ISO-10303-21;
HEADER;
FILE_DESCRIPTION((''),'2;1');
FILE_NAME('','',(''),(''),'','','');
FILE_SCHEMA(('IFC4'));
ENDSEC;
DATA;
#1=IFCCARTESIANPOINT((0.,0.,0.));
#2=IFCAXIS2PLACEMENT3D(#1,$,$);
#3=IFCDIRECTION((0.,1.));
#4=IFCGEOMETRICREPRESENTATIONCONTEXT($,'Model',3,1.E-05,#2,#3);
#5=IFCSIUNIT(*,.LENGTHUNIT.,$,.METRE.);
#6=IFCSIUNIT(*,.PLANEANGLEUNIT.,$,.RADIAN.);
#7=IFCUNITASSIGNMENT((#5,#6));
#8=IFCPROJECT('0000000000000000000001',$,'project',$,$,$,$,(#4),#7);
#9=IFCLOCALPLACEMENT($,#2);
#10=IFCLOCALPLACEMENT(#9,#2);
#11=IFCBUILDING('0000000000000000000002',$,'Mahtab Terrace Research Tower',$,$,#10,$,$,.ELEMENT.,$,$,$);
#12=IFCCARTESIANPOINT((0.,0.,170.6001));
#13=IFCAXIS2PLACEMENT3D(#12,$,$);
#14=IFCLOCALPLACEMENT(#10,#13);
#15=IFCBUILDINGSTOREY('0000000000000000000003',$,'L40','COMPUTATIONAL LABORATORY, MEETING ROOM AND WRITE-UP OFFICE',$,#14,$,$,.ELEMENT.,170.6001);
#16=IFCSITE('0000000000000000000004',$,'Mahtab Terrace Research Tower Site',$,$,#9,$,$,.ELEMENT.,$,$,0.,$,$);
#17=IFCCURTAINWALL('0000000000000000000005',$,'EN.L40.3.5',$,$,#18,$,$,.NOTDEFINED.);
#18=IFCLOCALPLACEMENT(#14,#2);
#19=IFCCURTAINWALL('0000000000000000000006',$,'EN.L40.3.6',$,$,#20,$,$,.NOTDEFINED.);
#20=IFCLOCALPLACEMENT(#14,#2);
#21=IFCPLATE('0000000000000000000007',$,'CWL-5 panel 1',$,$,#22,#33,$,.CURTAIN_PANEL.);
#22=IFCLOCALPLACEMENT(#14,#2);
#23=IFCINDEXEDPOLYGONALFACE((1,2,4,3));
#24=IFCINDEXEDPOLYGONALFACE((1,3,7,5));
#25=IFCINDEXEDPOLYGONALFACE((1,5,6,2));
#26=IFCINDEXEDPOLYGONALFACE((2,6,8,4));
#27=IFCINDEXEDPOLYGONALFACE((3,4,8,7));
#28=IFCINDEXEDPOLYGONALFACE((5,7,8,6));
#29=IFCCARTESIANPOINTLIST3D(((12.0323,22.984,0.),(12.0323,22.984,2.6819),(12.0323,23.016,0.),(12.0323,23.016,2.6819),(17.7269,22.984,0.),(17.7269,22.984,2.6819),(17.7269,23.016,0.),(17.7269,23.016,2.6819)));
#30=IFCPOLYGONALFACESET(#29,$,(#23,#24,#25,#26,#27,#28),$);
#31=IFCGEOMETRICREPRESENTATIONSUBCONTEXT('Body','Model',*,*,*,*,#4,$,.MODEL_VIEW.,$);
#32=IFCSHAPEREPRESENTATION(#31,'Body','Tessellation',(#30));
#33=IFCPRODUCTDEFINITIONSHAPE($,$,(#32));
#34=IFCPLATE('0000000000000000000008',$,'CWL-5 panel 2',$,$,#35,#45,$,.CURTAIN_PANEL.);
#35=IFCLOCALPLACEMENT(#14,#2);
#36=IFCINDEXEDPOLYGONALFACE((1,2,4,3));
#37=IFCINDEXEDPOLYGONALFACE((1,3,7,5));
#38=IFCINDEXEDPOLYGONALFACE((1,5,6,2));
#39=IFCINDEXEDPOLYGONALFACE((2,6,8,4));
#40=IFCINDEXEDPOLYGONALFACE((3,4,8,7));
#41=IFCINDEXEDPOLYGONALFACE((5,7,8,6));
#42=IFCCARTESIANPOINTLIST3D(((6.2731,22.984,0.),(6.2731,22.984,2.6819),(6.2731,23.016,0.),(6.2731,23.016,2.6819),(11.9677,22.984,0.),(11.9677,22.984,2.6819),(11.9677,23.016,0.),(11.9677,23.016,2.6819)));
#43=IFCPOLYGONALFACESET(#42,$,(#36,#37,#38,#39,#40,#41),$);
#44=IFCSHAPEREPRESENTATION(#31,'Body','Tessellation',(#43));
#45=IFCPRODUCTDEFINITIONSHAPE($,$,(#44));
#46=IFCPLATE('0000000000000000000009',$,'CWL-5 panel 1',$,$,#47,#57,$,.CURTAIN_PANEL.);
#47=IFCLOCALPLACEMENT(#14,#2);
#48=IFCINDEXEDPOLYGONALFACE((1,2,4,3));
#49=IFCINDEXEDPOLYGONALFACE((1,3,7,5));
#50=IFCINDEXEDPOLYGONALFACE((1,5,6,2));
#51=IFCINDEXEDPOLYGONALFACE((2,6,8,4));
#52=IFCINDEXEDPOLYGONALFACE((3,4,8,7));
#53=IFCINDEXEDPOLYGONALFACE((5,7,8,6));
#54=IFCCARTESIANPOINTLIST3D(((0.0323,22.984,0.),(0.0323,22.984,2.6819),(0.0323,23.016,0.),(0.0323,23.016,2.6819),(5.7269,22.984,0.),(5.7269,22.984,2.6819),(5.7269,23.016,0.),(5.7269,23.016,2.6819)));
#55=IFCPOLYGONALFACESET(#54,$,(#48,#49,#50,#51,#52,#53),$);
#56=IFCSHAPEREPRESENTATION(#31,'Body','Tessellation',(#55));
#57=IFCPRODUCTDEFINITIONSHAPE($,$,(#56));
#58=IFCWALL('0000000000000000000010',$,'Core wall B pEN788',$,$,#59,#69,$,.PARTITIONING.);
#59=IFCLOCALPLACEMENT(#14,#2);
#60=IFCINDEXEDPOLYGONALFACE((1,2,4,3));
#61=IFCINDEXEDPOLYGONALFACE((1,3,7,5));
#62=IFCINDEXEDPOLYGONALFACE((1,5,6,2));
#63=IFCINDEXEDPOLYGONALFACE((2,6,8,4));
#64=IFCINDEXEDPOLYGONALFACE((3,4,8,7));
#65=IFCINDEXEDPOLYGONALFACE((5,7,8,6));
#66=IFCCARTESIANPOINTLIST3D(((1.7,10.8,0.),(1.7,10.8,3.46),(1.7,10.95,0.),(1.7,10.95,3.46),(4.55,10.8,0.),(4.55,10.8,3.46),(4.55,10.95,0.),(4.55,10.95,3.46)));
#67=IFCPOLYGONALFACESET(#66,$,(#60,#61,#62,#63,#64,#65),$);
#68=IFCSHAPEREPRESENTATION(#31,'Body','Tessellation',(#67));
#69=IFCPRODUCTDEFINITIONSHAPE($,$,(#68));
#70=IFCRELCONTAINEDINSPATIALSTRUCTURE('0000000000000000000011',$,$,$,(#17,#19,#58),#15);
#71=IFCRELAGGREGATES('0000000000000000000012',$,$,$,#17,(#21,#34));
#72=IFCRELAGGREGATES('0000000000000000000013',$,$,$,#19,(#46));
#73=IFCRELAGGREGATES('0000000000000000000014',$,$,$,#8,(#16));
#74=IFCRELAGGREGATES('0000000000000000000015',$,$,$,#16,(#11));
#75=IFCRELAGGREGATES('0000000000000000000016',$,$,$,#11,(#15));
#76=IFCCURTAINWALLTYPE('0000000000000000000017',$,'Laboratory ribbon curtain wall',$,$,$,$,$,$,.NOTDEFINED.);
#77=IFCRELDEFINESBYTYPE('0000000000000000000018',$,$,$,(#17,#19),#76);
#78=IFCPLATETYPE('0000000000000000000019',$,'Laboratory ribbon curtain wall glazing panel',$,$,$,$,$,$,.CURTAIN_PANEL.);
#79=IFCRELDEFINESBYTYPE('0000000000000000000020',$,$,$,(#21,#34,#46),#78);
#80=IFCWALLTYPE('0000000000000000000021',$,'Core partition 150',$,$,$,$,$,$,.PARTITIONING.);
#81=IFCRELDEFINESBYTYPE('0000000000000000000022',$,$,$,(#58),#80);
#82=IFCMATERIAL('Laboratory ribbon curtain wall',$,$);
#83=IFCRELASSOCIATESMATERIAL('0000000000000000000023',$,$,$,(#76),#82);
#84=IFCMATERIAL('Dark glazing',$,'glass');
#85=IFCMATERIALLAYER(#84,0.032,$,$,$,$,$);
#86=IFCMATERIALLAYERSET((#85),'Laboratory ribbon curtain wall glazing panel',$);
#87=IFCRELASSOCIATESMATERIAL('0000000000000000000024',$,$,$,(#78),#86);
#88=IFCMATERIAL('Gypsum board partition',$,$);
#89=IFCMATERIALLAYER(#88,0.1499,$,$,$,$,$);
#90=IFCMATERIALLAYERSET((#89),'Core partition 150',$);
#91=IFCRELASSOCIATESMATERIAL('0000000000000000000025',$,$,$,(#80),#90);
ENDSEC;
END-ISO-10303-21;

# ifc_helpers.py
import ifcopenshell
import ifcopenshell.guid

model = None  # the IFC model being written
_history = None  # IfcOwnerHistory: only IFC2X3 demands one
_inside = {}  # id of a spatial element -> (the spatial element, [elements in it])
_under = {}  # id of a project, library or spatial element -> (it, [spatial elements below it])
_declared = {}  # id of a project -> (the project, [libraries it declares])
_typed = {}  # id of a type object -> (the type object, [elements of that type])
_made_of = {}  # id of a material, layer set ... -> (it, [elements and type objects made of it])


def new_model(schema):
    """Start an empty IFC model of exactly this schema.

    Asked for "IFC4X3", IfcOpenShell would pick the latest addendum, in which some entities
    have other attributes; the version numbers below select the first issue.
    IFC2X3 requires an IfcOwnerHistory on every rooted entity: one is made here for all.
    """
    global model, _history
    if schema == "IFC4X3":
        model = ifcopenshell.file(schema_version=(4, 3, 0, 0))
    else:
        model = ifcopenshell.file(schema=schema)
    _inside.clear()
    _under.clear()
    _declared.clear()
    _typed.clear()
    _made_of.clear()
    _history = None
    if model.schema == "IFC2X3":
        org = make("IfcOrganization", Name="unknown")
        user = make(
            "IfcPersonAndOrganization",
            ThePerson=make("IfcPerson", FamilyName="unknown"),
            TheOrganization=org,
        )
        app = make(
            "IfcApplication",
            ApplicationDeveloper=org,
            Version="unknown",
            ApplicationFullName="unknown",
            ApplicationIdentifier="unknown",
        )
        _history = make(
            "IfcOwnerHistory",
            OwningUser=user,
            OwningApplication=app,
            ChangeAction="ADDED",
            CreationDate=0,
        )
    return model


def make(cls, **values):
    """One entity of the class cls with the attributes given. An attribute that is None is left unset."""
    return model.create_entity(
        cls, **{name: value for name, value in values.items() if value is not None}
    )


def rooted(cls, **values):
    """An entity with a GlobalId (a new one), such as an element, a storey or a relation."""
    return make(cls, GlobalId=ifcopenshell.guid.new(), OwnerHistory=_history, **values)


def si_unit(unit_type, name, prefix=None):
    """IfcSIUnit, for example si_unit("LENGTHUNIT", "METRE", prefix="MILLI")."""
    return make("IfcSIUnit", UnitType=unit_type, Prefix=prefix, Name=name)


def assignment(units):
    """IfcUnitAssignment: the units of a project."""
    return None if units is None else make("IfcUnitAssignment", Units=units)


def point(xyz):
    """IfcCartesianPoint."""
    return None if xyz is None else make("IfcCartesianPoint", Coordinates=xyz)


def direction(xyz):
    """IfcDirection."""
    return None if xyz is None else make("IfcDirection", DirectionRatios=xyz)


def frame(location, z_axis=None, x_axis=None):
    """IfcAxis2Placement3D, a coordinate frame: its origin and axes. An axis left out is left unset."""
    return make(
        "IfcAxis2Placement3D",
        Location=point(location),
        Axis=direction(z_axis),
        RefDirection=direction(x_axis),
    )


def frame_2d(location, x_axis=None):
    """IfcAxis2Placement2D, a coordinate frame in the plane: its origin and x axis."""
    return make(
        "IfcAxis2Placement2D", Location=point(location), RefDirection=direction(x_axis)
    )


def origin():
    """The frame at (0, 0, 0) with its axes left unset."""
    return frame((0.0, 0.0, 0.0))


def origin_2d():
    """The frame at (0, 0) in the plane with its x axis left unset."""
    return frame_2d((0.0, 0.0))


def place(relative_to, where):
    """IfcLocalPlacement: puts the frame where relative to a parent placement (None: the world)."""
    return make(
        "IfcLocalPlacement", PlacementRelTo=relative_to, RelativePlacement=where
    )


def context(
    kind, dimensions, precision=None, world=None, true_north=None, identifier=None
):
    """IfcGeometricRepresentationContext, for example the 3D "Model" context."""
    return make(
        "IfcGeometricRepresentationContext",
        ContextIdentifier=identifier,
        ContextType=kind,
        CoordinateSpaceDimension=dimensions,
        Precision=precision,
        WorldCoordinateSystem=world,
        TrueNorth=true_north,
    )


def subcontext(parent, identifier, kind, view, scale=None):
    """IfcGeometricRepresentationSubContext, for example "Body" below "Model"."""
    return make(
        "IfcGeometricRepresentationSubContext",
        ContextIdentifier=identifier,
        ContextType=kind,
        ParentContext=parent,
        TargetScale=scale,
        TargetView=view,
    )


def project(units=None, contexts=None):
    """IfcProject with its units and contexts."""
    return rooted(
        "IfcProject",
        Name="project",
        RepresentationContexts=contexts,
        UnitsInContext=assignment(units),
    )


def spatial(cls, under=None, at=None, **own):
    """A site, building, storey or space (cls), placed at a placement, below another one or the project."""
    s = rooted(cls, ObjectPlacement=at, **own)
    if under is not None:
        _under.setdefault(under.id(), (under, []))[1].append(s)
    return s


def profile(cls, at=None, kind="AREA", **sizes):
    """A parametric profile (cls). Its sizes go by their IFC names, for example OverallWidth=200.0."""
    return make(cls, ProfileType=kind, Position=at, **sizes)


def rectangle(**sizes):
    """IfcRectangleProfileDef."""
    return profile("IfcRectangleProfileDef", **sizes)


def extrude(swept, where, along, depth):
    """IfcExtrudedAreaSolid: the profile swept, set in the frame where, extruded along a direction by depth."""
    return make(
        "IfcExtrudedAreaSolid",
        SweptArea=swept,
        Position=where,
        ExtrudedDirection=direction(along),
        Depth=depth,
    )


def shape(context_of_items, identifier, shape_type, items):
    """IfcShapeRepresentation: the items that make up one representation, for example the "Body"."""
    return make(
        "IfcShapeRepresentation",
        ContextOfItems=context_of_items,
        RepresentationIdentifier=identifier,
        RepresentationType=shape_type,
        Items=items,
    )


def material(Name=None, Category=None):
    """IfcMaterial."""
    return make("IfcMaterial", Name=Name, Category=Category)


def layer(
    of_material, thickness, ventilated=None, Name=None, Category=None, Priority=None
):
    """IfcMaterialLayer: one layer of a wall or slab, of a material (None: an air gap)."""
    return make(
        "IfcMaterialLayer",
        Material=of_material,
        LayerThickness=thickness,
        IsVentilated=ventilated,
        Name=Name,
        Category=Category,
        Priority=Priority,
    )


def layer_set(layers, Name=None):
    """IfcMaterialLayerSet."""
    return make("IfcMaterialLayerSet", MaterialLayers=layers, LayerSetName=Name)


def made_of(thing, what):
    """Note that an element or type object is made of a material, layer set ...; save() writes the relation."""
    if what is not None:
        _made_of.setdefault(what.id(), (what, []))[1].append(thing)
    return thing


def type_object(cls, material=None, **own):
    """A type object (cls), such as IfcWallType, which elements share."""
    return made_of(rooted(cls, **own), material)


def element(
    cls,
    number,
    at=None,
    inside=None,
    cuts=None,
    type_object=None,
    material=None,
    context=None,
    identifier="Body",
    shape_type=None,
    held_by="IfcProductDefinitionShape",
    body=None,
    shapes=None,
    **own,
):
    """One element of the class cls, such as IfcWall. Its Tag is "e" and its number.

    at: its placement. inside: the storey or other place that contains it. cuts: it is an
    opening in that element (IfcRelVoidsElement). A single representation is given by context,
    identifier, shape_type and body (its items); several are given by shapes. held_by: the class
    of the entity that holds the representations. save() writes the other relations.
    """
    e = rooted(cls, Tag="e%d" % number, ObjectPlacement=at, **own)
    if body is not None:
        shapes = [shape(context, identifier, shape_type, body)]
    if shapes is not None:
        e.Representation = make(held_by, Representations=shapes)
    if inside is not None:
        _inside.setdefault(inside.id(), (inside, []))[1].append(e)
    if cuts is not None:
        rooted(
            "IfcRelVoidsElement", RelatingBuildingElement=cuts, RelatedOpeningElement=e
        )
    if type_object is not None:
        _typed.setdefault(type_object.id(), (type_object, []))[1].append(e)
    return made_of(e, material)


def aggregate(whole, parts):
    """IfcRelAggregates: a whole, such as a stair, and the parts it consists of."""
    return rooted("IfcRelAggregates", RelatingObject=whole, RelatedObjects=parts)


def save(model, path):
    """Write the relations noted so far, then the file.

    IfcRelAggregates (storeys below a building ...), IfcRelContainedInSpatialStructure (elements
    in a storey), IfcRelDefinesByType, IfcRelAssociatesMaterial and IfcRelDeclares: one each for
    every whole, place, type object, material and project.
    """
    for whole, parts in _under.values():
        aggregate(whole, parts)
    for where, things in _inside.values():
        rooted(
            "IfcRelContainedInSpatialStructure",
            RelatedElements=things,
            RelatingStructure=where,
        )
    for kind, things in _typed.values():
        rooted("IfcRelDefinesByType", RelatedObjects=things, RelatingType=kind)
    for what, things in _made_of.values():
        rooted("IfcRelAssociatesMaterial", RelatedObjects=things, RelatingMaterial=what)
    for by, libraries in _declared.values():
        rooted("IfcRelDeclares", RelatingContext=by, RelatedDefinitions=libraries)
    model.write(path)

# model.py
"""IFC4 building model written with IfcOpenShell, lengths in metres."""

from ifc_helpers import new_model, si_unit, direction, frame, frame_2d, origin, origin_2d, place, context, subcontext, project, spatial, rectangle, extrude, material, layer, layer_set, type_object, element, aggregate, save


model = new_model("IFC4")

# Units and contexts
model_context = context("Model", 3, precision=1e-05, world=origin(), true_north=direction((0.0, 1.0)))
body_context = subcontext(model_context, "Body", "Model", "MODEL_VIEW")
ifc_project = project(units=[si_unit("LENGTHUNIT", "METRE"), si_unit("PLANEANGLEUNIT", "RADIAN")], contexts=[model_context])

# Site, building, storey
site_placement = place(None, origin())
site = spatial("IfcSite", under=ifc_project, at=site_placement, Name="Mahtab Terrace Research Tower Site", CompositionType="ELEMENT", RefElevation=0.0)
building_placement = place(site_placement, origin())
building = spatial("IfcBuilding", under=site, at=building_placement, Name="Mahtab Terrace Research Tower", CompositionType="ELEMENT")
storey_placement = place(building_placement, frame((0.0, 0.0, 170.6001)))
storey = spatial("IfcBuildingStorey", under=building, at=storey_placement, Name="L40", Description="COMPUTATIONAL LABORATORY, MEETING ROOM AND WRITE-UP OFFICE", CompositionType="ELEMENT", Elevation=170.6001)

# Curtain wall
ifc_material_1 = material(Name="Laboratory ribbon curtain wall")
curtain_wall_type = type_object("IfcCurtainWallType", Name="Laboratory ribbon curtain wall", PredefinedType="NOTDEFINED", material=ifc_material_1)
curtain_wall_1_placement = place(storey_placement, origin())
curtain_wall_1 = element("IfcCurtainWall", 1, at=curtain_wall_1_placement, inside=storey, type_object=curtain_wall_type, Name="EN.L40.3.5", PredefinedType="NOTDEFINED")

# Curtain wall
curtain_wall_2_placement = place(storey_placement, origin())
curtain_wall_2 = element("IfcCurtainWall", 2, at=curtain_wall_2_placement, inside=storey, type_object=curtain_wall_type, Name="EN.L40.3.6", PredefinedType="NOTDEFINED")

# Plates
ifc_material_2 = material(Name="Dark glazing", Category="glass")
ifc_layer_1 = layer(ifc_material_2, 0.032)
ifc_layer_set_1 = layer_set([ifc_layer_1], Name="Laboratory ribbon curtain wall glazing panel")
plate_type = type_object("IfcPlateType", Name="Laboratory ribbon curtain wall glazing panel", PredefinedType="CURTAIN_PANEL", material=ifc_layer_set_1)
plate_1_placement = place(storey_placement, frame((14.8796, 23.0, 0.0), z_axis=(0.0, 0.0, 1.0), x_axis=(-1.0, 0.0, 0.0)))
plate_1 = element("IfcPlate", 3, at=plate_1_placement, type_object=plate_type, Name="CWL-5 panel 1", PredefinedType="CURTAIN_PANEL", context=body_context, shape_type="SweptSolid", body=[
    extrude(rectangle(XDim=5.6946, YDim=0.032, at=origin_2d()), origin(), (0.0, 0.0, 1.0), 2.6819),
])
plate_2_placement = place(storey_placement, frame((9.1204, 23.0, 0.0), z_axis=(0.0, 0.0, 1.0), x_axis=(-1.0, 0.0, 0.0)))
plate_2 = element("IfcPlate", 4, at=plate_2_placement, type_object=plate_type, Name="CWL-5 panel 2", PredefinedType="CURTAIN_PANEL", context=body_context, shape_type="SweptSolid", body=[
    extrude(rectangle(XDim=5.6946, YDim=0.032, at=origin_2d()), origin(), (0.0, 0.0, 1.0), 2.6819),
])
aggregate(curtain_wall_1, [plate_1, plate_2])
plate_3_placement = place(storey_placement, frame((2.8796, 23.0, 0.0), z_axis=(0.0, 0.0, 1.0), x_axis=(-1.0, 0.0, 0.0)))
plate_3 = element("IfcPlate", 5, at=plate_3_placement, type_object=plate_type, Name="CWL-5 panel 1", PredefinedType="CURTAIN_PANEL", context=body_context, shape_type="SweptSolid", body=[
    extrude(rectangle(XDim=5.6946, YDim=0.032, at=origin_2d()), origin(), (0.0, 0.0, 1.0), 2.6819),
])
aggregate(curtain_wall_2, [plate_3])

# Wall
ifc_material_3 = material(Name="Gypsum board partition")
ifc_layer_2 = layer(ifc_material_3, 0.1499)
ifc_layer_set_2 = layer_set([ifc_layer_2], Name="Core partition 150")
wall_type_1 = type_object("IfcWallType", Name="Core partition 150", PredefinedType="PARTITIONING", material=ifc_layer_set_2)
wall_1_placement = place(storey_placement, frame((1.7, 10.875, 0.0), z_axis=(0.0, 0.0, 1.0), x_axis=(1.0, 0.0, 0.0)))
element("IfcWall", 6, at=wall_1_placement, inside=storey, type_object=wall_type_1, Name="Core wall B pEN788", PredefinedType="PARTITIONING", context=body_context, shape_type="SweptSolid", body=[
    extrude(rectangle(XDim=2.8501, YDim=0.1499, at=frame_2d((1.425, 0.0))), origin(), (0.0, 0.0, 1.0), 3.46),
])

save(model, "model.ifc")
